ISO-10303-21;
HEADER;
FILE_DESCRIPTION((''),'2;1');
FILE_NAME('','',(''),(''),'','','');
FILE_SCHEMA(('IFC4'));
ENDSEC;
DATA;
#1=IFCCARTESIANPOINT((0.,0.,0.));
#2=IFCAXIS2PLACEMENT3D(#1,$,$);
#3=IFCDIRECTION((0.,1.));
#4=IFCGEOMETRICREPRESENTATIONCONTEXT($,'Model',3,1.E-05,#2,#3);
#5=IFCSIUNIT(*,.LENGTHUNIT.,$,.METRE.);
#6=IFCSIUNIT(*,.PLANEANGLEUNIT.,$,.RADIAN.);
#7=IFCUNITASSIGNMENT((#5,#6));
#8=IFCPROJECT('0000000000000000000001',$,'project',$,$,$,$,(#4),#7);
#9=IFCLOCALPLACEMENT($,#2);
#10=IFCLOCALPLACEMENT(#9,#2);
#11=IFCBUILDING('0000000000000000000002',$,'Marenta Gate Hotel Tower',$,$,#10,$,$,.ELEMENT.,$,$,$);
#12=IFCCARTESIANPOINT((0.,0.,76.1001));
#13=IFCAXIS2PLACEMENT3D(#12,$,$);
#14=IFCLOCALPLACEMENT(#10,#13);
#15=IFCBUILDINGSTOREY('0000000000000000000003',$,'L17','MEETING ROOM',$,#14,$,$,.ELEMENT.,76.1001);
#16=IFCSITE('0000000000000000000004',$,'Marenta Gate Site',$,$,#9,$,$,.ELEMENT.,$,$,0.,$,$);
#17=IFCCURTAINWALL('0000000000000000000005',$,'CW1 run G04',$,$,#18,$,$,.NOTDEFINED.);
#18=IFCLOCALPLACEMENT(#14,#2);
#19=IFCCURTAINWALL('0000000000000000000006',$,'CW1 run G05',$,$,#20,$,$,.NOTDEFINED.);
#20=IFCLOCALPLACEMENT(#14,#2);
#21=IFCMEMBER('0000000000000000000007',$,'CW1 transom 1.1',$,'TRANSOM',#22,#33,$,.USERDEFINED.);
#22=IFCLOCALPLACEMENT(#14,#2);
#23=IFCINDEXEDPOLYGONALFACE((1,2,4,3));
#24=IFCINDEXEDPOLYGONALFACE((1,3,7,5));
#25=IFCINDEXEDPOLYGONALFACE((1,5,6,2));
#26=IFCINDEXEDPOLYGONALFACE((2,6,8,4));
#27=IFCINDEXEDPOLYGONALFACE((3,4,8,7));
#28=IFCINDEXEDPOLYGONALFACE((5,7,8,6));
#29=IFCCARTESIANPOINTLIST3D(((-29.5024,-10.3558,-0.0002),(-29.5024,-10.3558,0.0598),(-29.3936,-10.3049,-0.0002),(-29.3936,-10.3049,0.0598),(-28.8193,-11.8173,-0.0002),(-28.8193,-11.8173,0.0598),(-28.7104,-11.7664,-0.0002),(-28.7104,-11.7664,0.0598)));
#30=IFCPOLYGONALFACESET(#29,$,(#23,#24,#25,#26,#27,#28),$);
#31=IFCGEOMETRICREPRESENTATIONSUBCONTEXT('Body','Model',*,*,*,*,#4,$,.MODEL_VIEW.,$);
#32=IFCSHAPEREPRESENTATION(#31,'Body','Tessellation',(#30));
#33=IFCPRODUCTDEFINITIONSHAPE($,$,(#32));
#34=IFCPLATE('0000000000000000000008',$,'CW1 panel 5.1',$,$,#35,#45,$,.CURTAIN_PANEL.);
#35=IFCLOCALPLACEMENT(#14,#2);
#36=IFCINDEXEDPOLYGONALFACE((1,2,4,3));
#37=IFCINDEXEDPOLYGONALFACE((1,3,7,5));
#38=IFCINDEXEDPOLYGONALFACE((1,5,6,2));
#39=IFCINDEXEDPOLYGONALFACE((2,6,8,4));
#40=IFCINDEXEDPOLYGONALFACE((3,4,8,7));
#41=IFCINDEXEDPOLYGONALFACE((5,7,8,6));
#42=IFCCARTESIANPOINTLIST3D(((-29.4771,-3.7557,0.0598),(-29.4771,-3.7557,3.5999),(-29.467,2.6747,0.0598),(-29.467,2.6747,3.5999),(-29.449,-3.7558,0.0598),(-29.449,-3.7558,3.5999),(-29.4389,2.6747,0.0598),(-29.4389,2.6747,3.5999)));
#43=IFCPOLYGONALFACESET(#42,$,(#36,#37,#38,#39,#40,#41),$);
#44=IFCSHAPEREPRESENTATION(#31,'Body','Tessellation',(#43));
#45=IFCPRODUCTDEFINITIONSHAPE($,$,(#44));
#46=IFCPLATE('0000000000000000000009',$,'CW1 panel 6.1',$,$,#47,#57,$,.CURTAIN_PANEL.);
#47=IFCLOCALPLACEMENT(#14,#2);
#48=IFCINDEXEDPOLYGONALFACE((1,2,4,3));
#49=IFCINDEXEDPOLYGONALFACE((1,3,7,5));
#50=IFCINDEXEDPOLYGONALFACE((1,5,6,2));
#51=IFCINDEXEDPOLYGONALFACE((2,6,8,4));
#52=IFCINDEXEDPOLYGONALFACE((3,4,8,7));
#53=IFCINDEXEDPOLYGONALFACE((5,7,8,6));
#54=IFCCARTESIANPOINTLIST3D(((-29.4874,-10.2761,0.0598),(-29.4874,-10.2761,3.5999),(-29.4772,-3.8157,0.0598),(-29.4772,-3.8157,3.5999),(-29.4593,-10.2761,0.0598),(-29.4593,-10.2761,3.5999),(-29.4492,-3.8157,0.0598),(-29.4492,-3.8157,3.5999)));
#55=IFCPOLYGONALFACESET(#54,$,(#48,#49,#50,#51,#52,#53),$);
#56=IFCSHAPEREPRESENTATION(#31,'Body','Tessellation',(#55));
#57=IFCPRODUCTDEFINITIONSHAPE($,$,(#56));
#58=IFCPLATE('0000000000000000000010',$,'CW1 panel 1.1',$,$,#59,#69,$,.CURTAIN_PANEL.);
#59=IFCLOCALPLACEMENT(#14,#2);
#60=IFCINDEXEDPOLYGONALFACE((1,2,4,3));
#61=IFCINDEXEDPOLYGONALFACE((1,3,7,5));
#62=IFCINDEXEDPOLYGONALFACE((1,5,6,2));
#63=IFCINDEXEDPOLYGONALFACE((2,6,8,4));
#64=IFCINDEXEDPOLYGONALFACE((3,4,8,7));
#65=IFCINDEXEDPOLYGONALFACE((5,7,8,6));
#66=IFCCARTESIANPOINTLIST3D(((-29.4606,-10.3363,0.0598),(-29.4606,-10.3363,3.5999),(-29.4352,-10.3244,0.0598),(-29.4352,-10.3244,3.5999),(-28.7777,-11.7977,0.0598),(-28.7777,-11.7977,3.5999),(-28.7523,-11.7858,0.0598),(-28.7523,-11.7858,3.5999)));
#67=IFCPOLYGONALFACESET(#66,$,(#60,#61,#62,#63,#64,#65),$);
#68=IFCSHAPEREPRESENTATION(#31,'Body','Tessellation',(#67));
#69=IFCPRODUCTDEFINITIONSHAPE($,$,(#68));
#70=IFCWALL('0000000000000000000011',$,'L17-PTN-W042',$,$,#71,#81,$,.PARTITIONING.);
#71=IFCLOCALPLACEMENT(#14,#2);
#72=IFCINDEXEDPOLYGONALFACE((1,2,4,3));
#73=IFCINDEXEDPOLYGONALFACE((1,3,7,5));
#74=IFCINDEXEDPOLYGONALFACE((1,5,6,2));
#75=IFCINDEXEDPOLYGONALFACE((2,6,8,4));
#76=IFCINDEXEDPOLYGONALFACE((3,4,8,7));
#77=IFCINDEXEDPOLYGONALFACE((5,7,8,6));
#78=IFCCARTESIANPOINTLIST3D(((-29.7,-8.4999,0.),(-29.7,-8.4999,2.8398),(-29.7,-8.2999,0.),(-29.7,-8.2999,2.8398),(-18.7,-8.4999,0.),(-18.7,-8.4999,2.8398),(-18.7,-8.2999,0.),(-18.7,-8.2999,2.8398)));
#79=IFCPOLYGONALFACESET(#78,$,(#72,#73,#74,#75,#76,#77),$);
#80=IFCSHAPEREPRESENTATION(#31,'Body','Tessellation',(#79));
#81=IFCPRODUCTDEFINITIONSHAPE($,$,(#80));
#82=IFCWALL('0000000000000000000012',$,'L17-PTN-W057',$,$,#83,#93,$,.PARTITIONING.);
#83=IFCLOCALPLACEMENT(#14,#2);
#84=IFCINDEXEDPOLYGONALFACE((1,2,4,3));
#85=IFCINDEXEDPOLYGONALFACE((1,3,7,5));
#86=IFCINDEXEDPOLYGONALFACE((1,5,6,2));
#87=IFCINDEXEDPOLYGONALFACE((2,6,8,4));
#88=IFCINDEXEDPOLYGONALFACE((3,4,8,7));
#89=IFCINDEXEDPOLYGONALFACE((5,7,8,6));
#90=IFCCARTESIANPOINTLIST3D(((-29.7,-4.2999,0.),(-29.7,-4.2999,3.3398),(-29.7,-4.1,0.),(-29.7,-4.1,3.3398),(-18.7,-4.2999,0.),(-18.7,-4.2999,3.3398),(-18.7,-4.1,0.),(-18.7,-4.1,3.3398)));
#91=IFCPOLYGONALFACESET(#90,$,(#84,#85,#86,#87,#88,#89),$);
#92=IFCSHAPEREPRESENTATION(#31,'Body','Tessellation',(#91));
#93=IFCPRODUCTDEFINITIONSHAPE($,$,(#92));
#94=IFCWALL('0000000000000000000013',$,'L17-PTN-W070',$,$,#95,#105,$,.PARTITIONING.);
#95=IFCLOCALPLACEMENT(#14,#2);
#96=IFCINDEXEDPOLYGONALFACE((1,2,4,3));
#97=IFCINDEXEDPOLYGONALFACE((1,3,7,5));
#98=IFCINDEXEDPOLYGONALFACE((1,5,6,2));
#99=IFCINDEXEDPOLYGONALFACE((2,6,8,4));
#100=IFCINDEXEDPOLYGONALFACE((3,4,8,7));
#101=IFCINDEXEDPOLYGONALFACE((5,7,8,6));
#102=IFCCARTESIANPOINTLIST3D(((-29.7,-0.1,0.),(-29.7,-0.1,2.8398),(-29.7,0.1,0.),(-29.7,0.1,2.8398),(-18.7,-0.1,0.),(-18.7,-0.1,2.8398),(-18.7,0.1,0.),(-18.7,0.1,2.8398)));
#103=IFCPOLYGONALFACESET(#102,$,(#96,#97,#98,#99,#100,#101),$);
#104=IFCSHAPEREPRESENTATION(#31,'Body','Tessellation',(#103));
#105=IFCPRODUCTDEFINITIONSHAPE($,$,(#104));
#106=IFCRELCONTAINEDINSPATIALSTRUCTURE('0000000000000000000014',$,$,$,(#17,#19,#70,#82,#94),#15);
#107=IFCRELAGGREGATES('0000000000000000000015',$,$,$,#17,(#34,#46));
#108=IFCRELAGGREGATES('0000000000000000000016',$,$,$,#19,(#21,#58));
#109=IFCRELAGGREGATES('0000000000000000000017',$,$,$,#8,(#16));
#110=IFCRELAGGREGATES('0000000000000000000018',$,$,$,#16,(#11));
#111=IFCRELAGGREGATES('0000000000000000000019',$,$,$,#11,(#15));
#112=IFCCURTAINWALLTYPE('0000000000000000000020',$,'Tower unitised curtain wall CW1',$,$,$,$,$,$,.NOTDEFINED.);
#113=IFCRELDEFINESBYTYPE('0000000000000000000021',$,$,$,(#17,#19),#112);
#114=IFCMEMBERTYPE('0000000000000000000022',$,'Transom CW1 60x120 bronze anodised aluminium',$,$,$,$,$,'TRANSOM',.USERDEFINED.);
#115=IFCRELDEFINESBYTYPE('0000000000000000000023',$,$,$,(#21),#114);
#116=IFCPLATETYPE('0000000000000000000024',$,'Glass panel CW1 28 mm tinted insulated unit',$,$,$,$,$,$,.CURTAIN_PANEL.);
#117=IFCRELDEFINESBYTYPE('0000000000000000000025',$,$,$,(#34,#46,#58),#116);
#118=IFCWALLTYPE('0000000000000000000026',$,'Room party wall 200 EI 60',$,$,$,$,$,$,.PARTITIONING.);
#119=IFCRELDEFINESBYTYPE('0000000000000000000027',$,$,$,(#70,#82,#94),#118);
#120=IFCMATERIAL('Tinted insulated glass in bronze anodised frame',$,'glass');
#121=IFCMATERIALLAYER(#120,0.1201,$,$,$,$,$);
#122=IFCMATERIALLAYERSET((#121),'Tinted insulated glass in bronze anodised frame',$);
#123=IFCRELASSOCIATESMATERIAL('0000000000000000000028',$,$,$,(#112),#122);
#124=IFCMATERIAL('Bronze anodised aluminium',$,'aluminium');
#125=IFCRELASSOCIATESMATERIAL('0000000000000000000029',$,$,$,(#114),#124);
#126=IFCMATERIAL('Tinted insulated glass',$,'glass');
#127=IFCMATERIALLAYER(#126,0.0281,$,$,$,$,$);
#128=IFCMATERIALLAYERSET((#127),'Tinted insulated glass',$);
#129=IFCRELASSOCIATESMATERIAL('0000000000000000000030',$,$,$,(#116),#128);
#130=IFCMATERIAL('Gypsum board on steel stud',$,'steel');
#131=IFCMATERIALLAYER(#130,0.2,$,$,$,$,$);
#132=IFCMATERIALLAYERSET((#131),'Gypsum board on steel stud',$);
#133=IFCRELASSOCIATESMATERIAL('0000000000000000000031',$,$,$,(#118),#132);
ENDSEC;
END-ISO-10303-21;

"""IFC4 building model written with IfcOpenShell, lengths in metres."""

from ifc_helpers import new_model, si_unit, direction, frame, frame_2d, origin, origin_2d, place, context, subcontext, project, spatial, rectangle, extrude, material, layer, layer_set, material_profile, profile_set, type_object, element, aggregate, save


model = new_model("IFC4")

# Units and contexts
model_context = context("Model", 3, precision=1e-05, world=origin(), true_north=direction((0.0, 1.0)))
body_context = subcontext(model_context, "Body", "Model", "MODEL_VIEW")
ifc_project = project(units=[si_unit("LENGTHUNIT", "METRE"), si_unit("PLANEANGLEUNIT", "RADIAN")], contexts=[model_context])

# Site, building, storey
site_placement = place(None, origin())
site = spatial("IfcSite", under=ifc_project, at=site_placement, Name="Marenta Gate Site", CompositionType="ELEMENT", RefElevation=0.0)
building_placement = place(site_placement, origin())
building = spatial("IfcBuilding", under=site, at=building_placement, Name="Marenta Gate Hotel Tower", CompositionType="ELEMENT")
storey_placement = place(building_placement, frame((0.0, 0.0, 76.1001)))
storey = spatial("IfcBuildingStorey", under=building, at=storey_placement, Name="L17", Description="MEETING ROOM", CompositionType="ELEMENT", Elevation=76.1001)

# Curtain walls
ifc_material_1 = material(Name="Tinted insulated glass in bronze anodised frame", Category="glass")
ifc_layer_1 = layer(ifc_material_1, 0.1201)
ifc_layer_set_1 = layer_set([ifc_layer_1], Name="Tinted insulated glass in bronze anodised frame")
curtain_wall_type = type_object("IfcCurtainWallType", Name="Tower unitised curtain wall CW1", PredefinedType="NOTDEFINED", material=ifc_layer_set_1)
curtain_wall_1_placement = place(storey_placement, origin())
curtain_wall_1 = element("IfcCurtainWall", 1, at=curtain_wall_1_placement, inside=storey, type_object=curtain_wall_type, Name="CW1 run G04", PredefinedType="NOTDEFINED")
curtain_wall_2_placement = place(storey_placement, origin())
curtain_wall_2 = element("IfcCurtainWall", 2, at=curtain_wall_2_placement, inside=storey, type_object=curtain_wall_type, Name="CW1 run G05", PredefinedType="NOTDEFINED")

# Member
ifc_material_2 = material(Name="Bronze anodised aluminium", Category="aluminium")
ifc_material_profile_1 = material_profile(ifc_material_2, rectangle(XDim=0.1201, YDim=0.0601, at=origin_2d()), Name="Transom CW1 60x120 bronze anodised aluminium")
ifc_profile_set_1 = profile_set([ifc_material_profile_1], Name="Bronze anodised aluminium")
member_type_1 = type_object("IfcMemberType", Name="Transom CW1 60x120 bronze anodised aluminium", ElementType="TRANSOM", PredefinedType="USERDEFINED", material=ifc_profile_set_1)
member_1_placement = place(storey_placement, frame((-29.448, -10.3303, 0.0298), z_axis=(0.423449, -0.90592, 0.0), x_axis=(0.90592, 0.423449, 0.0)))
member_1 = element("IfcMember", 3, at=member_1_placement, type_object=member_type_1, Name="CW1 transom 1.1", ObjectType="TRANSOM", PredefinedType="USERDEFINED", context=body_context, shape_type="SweptSolid", body=[
    extrude(rectangle(XDim=0.1201, YDim=0.0601, at=origin_2d()), origin(), (0.0, 0.0, 1.0), 1.6133),
])

# Plates
ifc_material_3 = material(Name="Tinted insulated glass", Category="glass")
ifc_layer_2 = layer(ifc_material_3, 0.0281)
ifc_layer_set_2 = layer_set([ifc_layer_2], Name="Tinted insulated glass")
plate_type = type_object("IfcPlateType", Name="Glass panel CW1 28 mm tinted insulated unit", PredefinedType="CURTAIN_PANEL", material=ifc_layer_set_2)
plate_1_placement = place(storey_placement, frame((-29.458, -0.5405, 0.0598), z_axis=(0.0, 0.0, 1.0), x_axis=(-0.001566, -0.999999, 0.0)))
plate_1 = element("IfcPlate", 4, at=plate_1_placement, type_object=plate_type, Name="CW1 panel 5.1", PredefinedType="CURTAIN_PANEL", context=body_context, shape_type="SweptSolid", body=[
    extrude(rectangle(XDim=6.4304, YDim=0.0281, at=origin_2d()), origin(), (0.0, 0.0, 1.0), 3.54),
])
plate_2_placement = place(storey_placement, frame((-29.4683, -7.0459, 0.0598), z_axis=(0.0, 0.0, 1.0), x_axis=(-0.001566, -0.999999, 0.0)))
plate_2 = element("IfcPlate", 5, at=plate_2_placement, type_object=plate_type, Name="CW1 panel 6.1", PredefinedType="CURTAIN_PANEL", context=body_context, shape_type="SweptSolid", body=[
    extrude(rectangle(XDim=6.4604, YDim=0.0281, at=origin_2d()), origin(), (0.0, 0.0, 1.0), 3.54),
])
aggregate(curtain_wall_1, [plate_1, plate_2])
plate_3_placement = place(storey_placement, frame((-29.1064, -11.061, 0.0598), z_axis=(0.0, 0.0, 1.0), x_axis=(0.42334, -0.905971, 0.0)))
plate_3 = element("IfcPlate", 6, at=plate_3_placement, type_object=plate_type, Name="CW1 panel 1.1", PredefinedType="CURTAIN_PANEL", context=body_context, shape_type="SweptSolid", body=[
    extrude(rectangle(XDim=1.613, YDim=0.0281, at=origin_2d()), origin(), (0.0, 0.0, 1.0), 3.54),
])
aggregate(curtain_wall_2, [member_1, plate_3])

# Walls
ifc_material_4 = material(Name="Gypsum board on steel stud", Category="steel")
ifc_layer_3 = layer(ifc_material_4, 0.2)
ifc_layer_set_3 = layer_set([ifc_layer_3], Name="Gypsum board on steel stud")
wall_type = type_object("IfcWallType", Name="Room party wall 200 EI 60", PredefinedType="PARTITIONING", material=ifc_layer_set_3)
wall_1_placement = place(storey_placement, frame((-29.7, -8.3999, 0.0), z_axis=(0.0, 0.0, 1.0), x_axis=(1.0, 0.0, 0.0)))
element("IfcWall", 7, at=wall_1_placement, inside=storey, type_object=wall_type, Name="L17-PTN-W042", PredefinedType="PARTITIONING", context=body_context, shape_type="SweptSolid", body=[
    extrude(rectangle(XDim=11.0, YDim=0.2, at=frame_2d((5.5, 0.0))), origin(), (0.0, 0.0, 1.0), 2.8398),
])
wall_2_placement = place(storey_placement, frame((-29.7, -4.2, 0.0), z_axis=(0.0, 0.0, 1.0), x_axis=(1.0, 0.0, 0.0)))
element("IfcWall", 8, at=wall_2_placement, inside=storey, type_object=wall_type, Name="L17-PTN-W057", PredefinedType="PARTITIONING", context=body_context, shape_type="SweptSolid", body=[
    extrude(rectangle(XDim=11.0, YDim=0.2, at=frame_2d((5.5, 0.0))), origin(), (0.0, 0.0, 1.0), 3.3398),
])
wall_3_placement = place(storey_placement, frame((-29.7, 0.0, 0.0), z_axis=(0.0, 0.0, 1.0), x_axis=(1.0, 0.0, 0.0)))
element("IfcWall", 9, at=wall_3_placement, inside=storey, type_object=wall_type, Name="L17-PTN-W070", PredefinedType="PARTITIONING", context=body_context, shape_type="SweptSolid", body=[
    extrude(rectangle(XDim=11.0, YDim=0.2, at=frame_2d((5.5, 0.0))), origin(), (0.0, 0.0, 1.0), 2.8398),
])

save(model, "model.ifc")
